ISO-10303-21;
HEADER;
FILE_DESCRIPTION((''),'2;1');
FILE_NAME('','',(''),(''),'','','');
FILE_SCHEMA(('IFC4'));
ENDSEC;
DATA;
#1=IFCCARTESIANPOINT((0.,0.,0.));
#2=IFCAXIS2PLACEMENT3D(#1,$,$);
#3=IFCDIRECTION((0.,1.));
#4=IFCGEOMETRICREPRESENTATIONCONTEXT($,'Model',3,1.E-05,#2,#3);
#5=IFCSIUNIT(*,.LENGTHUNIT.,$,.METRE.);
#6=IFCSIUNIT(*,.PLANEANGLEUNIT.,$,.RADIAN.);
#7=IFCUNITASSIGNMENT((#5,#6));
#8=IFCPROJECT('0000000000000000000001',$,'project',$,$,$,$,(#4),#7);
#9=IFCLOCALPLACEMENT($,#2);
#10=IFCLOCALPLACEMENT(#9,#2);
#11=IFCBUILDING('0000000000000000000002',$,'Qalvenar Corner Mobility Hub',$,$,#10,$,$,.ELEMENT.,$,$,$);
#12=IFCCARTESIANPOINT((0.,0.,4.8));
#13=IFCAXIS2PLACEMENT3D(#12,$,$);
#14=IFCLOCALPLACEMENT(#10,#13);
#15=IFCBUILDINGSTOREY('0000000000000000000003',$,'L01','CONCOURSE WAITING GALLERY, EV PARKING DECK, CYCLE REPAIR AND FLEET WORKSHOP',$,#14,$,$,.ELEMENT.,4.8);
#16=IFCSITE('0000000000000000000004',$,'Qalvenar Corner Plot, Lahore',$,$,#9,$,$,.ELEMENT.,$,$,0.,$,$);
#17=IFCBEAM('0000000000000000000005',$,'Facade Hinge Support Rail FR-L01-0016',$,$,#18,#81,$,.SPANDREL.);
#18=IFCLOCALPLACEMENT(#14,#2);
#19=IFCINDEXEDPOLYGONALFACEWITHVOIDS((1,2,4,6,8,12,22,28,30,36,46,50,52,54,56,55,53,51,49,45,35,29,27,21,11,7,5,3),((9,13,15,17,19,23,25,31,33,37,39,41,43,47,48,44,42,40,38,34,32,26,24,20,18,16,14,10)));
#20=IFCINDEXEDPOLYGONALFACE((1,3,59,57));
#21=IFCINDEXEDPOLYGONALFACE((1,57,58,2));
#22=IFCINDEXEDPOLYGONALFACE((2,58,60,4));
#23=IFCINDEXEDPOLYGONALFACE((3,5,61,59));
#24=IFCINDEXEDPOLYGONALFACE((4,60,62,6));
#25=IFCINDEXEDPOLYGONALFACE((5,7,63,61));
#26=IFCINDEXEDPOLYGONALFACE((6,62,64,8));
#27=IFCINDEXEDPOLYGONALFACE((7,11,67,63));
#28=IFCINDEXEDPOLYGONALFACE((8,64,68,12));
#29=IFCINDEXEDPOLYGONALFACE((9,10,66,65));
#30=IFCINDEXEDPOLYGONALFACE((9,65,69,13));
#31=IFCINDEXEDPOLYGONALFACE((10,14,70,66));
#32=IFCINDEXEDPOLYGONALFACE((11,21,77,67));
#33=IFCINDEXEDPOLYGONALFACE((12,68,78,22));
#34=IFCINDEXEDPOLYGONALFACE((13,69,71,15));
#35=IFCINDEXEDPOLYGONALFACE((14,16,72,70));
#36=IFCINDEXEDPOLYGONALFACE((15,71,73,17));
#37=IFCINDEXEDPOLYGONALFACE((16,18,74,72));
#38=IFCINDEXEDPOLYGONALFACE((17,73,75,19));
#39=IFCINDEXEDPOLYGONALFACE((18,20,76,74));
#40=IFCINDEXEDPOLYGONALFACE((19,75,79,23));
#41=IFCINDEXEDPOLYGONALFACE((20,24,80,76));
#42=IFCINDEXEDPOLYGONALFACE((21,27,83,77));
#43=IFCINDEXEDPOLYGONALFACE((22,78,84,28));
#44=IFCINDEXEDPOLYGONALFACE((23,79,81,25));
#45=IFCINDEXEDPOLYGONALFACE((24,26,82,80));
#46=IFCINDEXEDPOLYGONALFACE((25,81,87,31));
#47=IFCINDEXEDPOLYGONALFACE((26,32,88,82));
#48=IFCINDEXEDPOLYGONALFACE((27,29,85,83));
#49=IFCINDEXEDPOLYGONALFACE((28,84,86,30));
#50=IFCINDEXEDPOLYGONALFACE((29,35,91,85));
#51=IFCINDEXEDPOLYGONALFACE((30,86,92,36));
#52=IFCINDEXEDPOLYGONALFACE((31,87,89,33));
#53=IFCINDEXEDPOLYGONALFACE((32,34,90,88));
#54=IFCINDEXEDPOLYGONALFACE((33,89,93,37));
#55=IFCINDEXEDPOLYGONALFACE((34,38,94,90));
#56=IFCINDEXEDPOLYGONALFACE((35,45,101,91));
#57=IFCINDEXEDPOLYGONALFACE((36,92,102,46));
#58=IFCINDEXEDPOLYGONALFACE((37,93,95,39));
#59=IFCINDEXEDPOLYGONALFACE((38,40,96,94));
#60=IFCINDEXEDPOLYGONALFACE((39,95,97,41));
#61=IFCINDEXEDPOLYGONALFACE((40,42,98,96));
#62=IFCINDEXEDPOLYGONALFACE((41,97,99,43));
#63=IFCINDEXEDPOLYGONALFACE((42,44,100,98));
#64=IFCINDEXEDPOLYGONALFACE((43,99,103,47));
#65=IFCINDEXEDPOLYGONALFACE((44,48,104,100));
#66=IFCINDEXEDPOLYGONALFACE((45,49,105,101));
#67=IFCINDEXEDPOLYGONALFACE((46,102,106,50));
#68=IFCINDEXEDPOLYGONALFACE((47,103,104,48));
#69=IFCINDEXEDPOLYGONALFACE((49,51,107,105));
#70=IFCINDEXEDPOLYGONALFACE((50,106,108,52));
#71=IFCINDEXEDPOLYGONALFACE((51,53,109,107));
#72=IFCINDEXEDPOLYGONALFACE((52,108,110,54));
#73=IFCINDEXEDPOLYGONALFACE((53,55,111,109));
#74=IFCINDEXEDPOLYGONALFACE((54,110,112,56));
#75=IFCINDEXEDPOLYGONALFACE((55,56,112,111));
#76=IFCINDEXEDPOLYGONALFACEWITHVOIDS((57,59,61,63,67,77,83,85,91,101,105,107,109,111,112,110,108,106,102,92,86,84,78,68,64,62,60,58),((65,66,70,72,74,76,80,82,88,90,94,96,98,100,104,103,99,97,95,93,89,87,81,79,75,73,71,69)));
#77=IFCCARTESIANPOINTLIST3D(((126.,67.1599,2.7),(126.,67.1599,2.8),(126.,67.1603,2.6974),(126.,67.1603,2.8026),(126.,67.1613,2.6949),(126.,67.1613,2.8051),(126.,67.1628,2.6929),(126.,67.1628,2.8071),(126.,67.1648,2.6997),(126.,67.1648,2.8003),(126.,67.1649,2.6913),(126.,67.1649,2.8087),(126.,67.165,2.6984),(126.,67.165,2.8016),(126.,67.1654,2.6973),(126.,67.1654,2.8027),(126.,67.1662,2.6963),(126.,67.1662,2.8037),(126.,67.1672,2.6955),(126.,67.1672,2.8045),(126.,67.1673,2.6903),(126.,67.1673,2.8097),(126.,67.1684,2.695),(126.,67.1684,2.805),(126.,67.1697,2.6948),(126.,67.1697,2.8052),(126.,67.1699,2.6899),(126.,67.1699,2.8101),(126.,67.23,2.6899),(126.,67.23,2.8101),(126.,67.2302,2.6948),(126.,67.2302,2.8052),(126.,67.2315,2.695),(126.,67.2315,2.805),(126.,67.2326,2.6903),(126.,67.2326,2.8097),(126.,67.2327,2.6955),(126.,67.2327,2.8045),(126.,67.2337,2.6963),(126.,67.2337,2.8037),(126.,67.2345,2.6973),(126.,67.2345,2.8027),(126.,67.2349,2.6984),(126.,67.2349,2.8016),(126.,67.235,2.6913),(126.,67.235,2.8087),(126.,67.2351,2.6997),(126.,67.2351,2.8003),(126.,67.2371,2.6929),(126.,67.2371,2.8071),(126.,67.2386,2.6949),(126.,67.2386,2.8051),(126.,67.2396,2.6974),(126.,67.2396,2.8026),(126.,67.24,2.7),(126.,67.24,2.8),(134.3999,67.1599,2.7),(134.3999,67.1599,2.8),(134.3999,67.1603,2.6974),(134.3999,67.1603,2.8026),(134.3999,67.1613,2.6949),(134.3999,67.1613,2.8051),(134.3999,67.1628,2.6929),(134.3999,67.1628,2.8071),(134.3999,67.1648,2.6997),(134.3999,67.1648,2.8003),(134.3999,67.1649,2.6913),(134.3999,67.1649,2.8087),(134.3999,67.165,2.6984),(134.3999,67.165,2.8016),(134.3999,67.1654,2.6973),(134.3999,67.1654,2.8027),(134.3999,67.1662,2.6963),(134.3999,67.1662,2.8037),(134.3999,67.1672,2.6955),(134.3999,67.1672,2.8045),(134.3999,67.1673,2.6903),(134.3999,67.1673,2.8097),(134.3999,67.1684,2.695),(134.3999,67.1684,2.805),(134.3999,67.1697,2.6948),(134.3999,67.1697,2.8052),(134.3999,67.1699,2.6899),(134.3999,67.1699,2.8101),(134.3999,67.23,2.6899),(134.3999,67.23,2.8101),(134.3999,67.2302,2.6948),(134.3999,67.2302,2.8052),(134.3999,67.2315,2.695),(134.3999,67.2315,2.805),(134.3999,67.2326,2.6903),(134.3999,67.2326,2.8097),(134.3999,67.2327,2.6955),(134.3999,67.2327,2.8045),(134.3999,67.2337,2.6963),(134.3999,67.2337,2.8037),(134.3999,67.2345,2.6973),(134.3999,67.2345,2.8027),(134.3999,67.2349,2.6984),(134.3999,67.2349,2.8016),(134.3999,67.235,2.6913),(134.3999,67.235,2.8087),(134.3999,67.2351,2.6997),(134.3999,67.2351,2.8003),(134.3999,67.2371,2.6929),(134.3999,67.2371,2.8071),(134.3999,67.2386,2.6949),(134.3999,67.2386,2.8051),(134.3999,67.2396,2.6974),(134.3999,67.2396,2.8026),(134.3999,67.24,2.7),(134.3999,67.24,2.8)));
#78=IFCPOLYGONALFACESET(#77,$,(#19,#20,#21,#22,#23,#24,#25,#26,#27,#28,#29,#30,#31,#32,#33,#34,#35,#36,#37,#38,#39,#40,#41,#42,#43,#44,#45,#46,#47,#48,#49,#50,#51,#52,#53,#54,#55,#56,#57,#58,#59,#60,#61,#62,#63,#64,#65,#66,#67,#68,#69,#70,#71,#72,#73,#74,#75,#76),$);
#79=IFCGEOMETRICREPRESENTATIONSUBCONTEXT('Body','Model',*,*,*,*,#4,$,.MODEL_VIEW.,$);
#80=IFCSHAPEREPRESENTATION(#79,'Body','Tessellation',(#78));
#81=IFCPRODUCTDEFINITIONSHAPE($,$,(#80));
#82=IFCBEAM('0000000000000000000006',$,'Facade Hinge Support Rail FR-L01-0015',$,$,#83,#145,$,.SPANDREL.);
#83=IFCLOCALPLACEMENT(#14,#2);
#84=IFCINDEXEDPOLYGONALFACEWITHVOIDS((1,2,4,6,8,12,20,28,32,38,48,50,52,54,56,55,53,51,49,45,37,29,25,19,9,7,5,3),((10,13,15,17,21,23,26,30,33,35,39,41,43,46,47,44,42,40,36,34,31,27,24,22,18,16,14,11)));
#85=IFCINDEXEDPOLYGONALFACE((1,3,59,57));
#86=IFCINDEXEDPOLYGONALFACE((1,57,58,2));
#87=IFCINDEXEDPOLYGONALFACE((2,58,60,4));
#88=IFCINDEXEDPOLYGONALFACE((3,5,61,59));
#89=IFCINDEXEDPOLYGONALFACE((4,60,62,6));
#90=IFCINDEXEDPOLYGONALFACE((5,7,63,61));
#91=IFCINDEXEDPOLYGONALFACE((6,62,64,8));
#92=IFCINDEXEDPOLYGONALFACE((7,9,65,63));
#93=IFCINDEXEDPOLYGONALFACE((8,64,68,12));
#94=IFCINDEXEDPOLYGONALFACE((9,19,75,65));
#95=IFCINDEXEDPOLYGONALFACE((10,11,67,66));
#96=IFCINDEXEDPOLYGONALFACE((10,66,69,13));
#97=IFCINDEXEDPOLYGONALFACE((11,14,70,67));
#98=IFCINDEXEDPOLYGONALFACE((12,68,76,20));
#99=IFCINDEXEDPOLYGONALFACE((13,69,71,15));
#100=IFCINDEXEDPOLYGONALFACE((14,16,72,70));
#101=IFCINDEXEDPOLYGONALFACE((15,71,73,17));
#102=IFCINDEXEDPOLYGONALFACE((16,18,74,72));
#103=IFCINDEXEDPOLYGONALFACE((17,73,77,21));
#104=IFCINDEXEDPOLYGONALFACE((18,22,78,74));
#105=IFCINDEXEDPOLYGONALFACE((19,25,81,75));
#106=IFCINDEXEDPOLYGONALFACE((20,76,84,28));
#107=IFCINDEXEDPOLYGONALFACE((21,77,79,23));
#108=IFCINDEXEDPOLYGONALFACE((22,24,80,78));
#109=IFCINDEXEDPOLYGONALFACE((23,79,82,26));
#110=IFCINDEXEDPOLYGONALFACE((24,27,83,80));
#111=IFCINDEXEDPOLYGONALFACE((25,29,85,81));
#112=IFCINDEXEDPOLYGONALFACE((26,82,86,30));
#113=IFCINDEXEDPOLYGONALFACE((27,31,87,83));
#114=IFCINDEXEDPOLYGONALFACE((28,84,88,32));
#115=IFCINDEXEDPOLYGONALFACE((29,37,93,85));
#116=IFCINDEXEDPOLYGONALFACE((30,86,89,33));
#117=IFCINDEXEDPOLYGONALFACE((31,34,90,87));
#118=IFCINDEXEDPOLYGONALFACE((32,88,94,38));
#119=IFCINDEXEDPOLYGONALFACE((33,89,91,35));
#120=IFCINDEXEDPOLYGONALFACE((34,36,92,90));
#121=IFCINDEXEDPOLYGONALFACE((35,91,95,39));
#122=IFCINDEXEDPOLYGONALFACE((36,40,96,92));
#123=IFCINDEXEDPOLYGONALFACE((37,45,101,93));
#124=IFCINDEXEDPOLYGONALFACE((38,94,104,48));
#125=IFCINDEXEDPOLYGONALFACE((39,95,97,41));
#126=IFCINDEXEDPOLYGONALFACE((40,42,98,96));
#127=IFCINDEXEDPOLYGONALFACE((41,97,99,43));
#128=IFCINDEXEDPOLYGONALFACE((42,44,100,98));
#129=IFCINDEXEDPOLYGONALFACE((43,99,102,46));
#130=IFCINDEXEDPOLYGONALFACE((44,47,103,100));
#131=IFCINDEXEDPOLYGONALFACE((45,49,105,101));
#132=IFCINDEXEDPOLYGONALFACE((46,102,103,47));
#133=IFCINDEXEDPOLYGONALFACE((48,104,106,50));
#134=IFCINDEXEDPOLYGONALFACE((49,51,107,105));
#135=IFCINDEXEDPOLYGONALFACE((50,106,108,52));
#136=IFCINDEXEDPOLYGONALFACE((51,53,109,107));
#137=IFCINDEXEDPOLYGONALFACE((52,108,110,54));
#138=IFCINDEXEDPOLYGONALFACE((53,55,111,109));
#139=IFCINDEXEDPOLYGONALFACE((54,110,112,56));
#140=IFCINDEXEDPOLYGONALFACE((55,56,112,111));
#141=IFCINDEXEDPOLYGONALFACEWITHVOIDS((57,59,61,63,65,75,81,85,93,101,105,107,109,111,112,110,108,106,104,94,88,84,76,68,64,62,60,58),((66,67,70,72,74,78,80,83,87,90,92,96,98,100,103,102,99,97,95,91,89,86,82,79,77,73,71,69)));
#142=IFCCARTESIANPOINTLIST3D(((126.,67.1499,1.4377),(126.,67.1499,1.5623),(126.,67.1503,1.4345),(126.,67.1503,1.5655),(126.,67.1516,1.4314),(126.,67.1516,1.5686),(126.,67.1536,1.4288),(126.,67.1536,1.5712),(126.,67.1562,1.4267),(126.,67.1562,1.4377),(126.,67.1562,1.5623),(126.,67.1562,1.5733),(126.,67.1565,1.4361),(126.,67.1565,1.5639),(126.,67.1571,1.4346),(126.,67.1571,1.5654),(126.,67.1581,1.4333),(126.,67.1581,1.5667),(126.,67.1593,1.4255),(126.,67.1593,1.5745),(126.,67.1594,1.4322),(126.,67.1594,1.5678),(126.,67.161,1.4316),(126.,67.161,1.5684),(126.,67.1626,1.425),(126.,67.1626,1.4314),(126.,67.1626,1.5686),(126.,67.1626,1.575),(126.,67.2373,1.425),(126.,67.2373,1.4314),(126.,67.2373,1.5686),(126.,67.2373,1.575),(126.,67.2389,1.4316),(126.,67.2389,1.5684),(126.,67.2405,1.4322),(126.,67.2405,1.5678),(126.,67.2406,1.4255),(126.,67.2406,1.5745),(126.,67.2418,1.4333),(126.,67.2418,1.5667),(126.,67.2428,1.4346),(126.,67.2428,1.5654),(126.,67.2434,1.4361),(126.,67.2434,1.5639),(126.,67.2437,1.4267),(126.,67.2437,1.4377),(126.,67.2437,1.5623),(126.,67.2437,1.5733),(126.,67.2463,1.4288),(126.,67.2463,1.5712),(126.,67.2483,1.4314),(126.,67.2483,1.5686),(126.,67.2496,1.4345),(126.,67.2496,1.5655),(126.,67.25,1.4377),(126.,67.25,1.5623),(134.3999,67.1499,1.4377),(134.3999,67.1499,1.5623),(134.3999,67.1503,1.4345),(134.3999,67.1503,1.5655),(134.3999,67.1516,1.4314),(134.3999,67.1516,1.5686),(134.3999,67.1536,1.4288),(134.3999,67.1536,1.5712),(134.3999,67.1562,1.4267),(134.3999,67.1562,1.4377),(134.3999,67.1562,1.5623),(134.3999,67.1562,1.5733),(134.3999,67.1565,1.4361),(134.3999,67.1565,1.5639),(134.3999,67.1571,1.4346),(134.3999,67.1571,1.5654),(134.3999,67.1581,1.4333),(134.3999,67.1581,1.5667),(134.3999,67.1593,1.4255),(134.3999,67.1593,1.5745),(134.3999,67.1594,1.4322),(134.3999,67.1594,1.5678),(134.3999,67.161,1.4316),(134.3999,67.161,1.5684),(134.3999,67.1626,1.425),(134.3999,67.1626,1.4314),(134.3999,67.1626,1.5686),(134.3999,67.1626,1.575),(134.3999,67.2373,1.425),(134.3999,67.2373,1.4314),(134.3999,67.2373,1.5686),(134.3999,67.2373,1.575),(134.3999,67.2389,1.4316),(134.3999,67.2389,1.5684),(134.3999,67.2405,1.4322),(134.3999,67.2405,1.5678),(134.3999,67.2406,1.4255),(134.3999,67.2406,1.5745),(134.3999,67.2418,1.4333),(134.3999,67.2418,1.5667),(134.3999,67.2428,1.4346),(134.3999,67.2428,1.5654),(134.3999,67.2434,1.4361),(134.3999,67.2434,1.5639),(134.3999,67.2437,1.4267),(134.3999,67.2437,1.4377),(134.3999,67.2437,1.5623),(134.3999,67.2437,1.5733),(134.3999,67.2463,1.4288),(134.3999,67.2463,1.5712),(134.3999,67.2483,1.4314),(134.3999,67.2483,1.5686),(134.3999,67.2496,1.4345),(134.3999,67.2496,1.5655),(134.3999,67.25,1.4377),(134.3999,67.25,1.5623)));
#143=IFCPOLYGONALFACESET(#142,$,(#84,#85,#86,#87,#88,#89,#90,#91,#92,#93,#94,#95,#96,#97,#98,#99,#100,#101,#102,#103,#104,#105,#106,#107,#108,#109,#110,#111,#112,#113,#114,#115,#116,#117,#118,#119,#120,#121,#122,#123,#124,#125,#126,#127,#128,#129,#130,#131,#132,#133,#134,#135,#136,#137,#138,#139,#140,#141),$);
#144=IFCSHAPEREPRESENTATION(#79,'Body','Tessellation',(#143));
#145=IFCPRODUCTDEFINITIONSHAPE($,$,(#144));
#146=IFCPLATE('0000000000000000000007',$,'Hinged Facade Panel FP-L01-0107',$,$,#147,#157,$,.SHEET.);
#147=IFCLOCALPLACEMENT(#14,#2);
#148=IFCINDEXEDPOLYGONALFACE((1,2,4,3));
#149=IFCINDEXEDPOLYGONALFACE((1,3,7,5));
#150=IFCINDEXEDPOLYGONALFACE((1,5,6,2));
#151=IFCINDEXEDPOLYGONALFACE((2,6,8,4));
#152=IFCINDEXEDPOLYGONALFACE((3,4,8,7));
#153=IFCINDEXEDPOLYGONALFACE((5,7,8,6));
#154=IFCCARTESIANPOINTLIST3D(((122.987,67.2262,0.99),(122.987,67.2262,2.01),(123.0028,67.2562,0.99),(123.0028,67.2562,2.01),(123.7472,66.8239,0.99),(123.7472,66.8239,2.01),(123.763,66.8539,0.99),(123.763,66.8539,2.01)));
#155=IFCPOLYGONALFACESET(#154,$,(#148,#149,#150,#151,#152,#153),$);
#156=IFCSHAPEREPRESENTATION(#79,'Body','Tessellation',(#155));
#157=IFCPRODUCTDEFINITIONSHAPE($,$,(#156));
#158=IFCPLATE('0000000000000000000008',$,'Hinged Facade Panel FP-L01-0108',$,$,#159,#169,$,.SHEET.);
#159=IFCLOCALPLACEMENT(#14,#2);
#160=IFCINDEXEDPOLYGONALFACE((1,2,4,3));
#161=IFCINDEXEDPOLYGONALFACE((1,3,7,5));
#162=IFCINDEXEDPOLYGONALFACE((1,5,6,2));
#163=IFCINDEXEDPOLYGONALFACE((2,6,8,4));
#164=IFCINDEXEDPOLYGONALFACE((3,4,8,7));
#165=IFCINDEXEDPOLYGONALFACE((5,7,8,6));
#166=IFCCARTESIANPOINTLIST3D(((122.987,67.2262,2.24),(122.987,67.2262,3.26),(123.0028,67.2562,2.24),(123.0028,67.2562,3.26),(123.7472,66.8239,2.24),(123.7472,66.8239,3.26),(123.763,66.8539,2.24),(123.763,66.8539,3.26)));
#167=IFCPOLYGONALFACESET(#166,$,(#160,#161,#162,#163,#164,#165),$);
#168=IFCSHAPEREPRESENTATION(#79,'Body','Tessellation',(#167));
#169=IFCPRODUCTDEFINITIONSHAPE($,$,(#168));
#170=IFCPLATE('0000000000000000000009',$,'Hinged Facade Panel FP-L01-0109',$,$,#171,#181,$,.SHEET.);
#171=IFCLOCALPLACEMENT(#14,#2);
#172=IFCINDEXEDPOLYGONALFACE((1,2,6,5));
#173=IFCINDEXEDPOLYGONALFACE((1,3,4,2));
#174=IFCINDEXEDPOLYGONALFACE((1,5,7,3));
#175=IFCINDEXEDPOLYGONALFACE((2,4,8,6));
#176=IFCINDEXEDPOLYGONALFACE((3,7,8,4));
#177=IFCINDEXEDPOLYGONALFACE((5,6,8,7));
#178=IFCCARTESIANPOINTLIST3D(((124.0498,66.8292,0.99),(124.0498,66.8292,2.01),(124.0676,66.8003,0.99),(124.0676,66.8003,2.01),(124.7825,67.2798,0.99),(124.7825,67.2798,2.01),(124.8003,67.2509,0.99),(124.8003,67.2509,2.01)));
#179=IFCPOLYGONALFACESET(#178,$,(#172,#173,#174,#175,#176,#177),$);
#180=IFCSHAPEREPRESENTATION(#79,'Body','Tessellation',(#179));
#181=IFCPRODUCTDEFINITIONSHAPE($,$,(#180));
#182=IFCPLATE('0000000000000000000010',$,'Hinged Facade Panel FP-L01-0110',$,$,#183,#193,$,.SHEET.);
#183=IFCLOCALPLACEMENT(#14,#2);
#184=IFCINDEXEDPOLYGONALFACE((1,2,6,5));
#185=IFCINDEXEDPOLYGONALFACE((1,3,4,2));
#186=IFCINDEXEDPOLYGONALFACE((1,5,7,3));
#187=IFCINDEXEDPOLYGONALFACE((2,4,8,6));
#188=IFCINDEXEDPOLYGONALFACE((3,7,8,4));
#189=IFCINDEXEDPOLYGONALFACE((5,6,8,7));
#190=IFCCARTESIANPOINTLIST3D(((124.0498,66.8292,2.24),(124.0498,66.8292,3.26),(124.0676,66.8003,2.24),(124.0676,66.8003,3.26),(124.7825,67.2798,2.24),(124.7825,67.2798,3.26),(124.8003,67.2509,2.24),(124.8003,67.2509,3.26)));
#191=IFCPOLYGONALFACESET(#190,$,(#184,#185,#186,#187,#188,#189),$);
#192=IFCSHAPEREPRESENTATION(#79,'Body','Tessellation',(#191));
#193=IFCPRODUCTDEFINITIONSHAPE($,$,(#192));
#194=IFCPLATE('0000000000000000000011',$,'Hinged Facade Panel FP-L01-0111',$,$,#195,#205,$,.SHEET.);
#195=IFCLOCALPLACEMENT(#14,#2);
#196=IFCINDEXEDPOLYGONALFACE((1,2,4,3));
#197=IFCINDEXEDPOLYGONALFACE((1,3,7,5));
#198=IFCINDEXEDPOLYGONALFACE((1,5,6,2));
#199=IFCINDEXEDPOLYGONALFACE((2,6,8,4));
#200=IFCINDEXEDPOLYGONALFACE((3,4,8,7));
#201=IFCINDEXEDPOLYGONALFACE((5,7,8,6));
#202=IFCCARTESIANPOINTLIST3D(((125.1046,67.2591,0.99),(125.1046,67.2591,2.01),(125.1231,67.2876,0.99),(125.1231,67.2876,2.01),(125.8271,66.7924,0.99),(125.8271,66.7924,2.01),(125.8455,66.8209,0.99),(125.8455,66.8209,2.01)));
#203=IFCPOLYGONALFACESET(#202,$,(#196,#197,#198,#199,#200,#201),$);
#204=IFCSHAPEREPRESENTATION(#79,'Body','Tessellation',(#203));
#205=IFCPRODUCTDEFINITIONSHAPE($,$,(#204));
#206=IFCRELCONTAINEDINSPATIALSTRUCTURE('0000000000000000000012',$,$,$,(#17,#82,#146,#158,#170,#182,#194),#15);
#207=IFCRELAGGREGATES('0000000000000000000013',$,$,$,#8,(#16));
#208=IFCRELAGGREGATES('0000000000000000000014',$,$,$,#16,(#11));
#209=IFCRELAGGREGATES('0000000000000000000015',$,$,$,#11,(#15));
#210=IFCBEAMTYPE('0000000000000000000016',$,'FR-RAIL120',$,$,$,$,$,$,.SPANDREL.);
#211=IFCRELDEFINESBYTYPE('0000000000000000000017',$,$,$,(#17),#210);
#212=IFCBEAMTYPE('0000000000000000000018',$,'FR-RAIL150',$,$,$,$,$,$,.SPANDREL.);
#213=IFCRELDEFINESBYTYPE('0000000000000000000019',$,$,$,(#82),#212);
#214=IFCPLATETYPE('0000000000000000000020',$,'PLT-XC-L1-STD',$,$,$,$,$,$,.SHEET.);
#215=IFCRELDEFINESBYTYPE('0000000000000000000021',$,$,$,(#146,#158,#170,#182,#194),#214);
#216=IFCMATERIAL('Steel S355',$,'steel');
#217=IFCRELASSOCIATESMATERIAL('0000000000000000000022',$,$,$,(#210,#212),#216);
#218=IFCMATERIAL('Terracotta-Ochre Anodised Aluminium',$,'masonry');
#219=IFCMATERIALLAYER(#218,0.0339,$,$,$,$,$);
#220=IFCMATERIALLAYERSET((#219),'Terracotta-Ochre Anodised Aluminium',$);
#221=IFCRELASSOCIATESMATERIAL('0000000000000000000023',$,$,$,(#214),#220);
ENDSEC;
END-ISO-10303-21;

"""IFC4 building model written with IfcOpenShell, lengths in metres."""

from ifc_helpers import new_model, si_unit, direction, frame, origin, origin_2d, place, context, subcontext, project, spatial, rectangle, hollow_rectangle, extrude, material, layer, layer_set, material_profile, profile_set, type_object, element, save


model = new_model("IFC4")

# Units and contexts
model_context = context("Model", 3, precision=1e-05, world=origin(), true_north=direction((0.0, 1.0)))
body_context = subcontext(model_context, "Body", "Model", "MODEL_VIEW")
ifc_project = project(units=[si_unit("LENGTHUNIT", "METRE"), si_unit("PLANEANGLEUNIT", "RADIAN")], contexts=[model_context])

# Site, building, storey
site_placement = place(None, origin())
site = spatial("IfcSite", under=ifc_project, at=site_placement, Name="Qalvenar Corner Plot, Lahore", CompositionType="ELEMENT", RefElevation=0.0)
building_placement = place(site_placement, origin())
building = spatial("IfcBuilding", under=site, at=building_placement, Name="Qalvenar Corner Mobility Hub", CompositionType="ELEMENT")
storey_placement = place(building_placement, frame((0.0, 0.0, 4.8)))
storey = spatial("IfcBuildingStorey", under=building, at=storey_placement, Name="L01", Description="CONCOURSE WAITING GALLERY, EV PARKING DECK, CYCLE REPAIR AND FLEET WORKSHOP", CompositionType="ELEMENT", Elevation=4.8)

# Shared definitions
ifc_material_1 = material(Name="Steel S355", Category="steel")

# Beams
ifc_material_profile_1 = material_profile(ifc_material_1, hollow_rectangle(XDim=0.0801, YDim=0.1201, WallThickness=0.0049, InnerFilletRadius=0.0049, OuterFilletRadius=0.01, at=origin_2d()), Name="RHS120x80x5")
ifc_profile_set_1 = profile_set([ifc_material_profile_1], Name="Steel S355")
beam_type_1 = type_object("IfcBeamType", Name="FR-RAIL120", PredefinedType="SPANDREL", material=ifc_profile_set_1)
beam_1_placement = place(storey_placement, frame((126.0, 67.2, 2.75), z_axis=(1.0, 0.0, 0.0), x_axis=(0.0, 1.0, 0.0)))
element("IfcBeam", 1, at=beam_1_placement, inside=storey, type_object=beam_type_1, Name="Facade Hinge Support Rail FR-L01-0016", PredefinedType="SPANDREL", context=body_context, shape_type="SweptSolid", body=[
    extrude(hollow_rectangle(XDim=0.0801, YDim=0.1201, WallThickness=0.0049, InnerFilletRadius=0.0049, OuterFilletRadius=0.01, at=origin_2d()), origin(), (0.0, 0.0, 1.0), 8.3999),
])
ifc_material_profile_2 = material_profile(ifc_material_1, hollow_rectangle(XDim=0.1001, YDim=0.1499, WallThickness=0.0063, InnerFilletRadius=0.0063, OuterFilletRadius=0.0127, at=origin_2d()), Name="RHS150x100x6.3")
ifc_profile_set_2 = profile_set([ifc_material_profile_2], Name="Steel S355")
beam_type_2 = type_object("IfcBeamType", Name="FR-RAIL150", PredefinedType="SPANDREL", material=ifc_profile_set_2)
beam_2_placement = place(storey_placement, frame((126.0, 67.2, 1.5), z_axis=(1.0, 0.0, 0.0), x_axis=(0.0, 1.0, 0.0)))
element("IfcBeam", 2, at=beam_2_placement, inside=storey, type_object=beam_type_2, Name="Facade Hinge Support Rail FR-L01-0015", PredefinedType="SPANDREL", context=body_context, shape_type="SweptSolid", body=[
    extrude(hollow_rectangle(XDim=0.1001, YDim=0.1499, WallThickness=0.0063, InnerFilletRadius=0.0063, OuterFilletRadius=0.0127, at=origin_2d()), origin(), (0.0, 0.0, 1.0), 8.3999),
])

# Plates
ifc_material_2 = material(Name="Terracotta-Ochre Anodised Aluminium", Category="masonry")
ifc_layer = layer(ifc_material_2, 0.0339)
ifc_layer_set = layer_set([ifc_layer], Name="Terracotta-Ochre Anodised Aluminium")
plate_type = type_object("IfcPlateType", Name="PLT-XC-L1-STD", PredefinedType="SHEET", material=ifc_layer_set)
for number, where, z_axis, x_axis, name in (
    (3, (123.375, 67.04, 0.99), (0.0, 0.0, 1.0), (0.883847, -0.467776, 0.0), "Hinged Facade Panel FP-L01-0107"),
    (4, (123.375, 67.04, 2.24), (0.0, 0.0, 1.0), (0.883847, -0.467776, 0.0), "Hinged Facade Panel FP-L01-0108"),
    (5, (124.425, 67.04, 0.99), (0.0, 0.0, 1.0), (0.851818, 0.523837, 0.0), "Hinged Facade Panel FP-L01-0109"),
    (6, (124.425, 67.04, 2.24), (0.0, 0.0, 1.0), (0.851818, 0.523837, 0.0), "Hinged Facade Panel FP-L01-0110"),
    (7, (125.4751, 67.04, 0.99), (0.0, 0.0, 1.0), (0.839999, -0.542588, 0.0), "Hinged Facade Panel FP-L01-0111"),
):
    element("IfcPlate", number, at=place(storey_placement, frame(where, z_axis=z_axis, x_axis=x_axis)), inside=storey, type_object=plate_type, Name=name, PredefinedType="SHEET", context=body_context, shape_type="SweptSolid", body=[
        extrude(rectangle(XDim=0.8601, YDim=0.0339, at=origin_2d()), origin(), (0.0, 0.0, 1.0), 1.02),
    ])

save(model, "model.ifc")
